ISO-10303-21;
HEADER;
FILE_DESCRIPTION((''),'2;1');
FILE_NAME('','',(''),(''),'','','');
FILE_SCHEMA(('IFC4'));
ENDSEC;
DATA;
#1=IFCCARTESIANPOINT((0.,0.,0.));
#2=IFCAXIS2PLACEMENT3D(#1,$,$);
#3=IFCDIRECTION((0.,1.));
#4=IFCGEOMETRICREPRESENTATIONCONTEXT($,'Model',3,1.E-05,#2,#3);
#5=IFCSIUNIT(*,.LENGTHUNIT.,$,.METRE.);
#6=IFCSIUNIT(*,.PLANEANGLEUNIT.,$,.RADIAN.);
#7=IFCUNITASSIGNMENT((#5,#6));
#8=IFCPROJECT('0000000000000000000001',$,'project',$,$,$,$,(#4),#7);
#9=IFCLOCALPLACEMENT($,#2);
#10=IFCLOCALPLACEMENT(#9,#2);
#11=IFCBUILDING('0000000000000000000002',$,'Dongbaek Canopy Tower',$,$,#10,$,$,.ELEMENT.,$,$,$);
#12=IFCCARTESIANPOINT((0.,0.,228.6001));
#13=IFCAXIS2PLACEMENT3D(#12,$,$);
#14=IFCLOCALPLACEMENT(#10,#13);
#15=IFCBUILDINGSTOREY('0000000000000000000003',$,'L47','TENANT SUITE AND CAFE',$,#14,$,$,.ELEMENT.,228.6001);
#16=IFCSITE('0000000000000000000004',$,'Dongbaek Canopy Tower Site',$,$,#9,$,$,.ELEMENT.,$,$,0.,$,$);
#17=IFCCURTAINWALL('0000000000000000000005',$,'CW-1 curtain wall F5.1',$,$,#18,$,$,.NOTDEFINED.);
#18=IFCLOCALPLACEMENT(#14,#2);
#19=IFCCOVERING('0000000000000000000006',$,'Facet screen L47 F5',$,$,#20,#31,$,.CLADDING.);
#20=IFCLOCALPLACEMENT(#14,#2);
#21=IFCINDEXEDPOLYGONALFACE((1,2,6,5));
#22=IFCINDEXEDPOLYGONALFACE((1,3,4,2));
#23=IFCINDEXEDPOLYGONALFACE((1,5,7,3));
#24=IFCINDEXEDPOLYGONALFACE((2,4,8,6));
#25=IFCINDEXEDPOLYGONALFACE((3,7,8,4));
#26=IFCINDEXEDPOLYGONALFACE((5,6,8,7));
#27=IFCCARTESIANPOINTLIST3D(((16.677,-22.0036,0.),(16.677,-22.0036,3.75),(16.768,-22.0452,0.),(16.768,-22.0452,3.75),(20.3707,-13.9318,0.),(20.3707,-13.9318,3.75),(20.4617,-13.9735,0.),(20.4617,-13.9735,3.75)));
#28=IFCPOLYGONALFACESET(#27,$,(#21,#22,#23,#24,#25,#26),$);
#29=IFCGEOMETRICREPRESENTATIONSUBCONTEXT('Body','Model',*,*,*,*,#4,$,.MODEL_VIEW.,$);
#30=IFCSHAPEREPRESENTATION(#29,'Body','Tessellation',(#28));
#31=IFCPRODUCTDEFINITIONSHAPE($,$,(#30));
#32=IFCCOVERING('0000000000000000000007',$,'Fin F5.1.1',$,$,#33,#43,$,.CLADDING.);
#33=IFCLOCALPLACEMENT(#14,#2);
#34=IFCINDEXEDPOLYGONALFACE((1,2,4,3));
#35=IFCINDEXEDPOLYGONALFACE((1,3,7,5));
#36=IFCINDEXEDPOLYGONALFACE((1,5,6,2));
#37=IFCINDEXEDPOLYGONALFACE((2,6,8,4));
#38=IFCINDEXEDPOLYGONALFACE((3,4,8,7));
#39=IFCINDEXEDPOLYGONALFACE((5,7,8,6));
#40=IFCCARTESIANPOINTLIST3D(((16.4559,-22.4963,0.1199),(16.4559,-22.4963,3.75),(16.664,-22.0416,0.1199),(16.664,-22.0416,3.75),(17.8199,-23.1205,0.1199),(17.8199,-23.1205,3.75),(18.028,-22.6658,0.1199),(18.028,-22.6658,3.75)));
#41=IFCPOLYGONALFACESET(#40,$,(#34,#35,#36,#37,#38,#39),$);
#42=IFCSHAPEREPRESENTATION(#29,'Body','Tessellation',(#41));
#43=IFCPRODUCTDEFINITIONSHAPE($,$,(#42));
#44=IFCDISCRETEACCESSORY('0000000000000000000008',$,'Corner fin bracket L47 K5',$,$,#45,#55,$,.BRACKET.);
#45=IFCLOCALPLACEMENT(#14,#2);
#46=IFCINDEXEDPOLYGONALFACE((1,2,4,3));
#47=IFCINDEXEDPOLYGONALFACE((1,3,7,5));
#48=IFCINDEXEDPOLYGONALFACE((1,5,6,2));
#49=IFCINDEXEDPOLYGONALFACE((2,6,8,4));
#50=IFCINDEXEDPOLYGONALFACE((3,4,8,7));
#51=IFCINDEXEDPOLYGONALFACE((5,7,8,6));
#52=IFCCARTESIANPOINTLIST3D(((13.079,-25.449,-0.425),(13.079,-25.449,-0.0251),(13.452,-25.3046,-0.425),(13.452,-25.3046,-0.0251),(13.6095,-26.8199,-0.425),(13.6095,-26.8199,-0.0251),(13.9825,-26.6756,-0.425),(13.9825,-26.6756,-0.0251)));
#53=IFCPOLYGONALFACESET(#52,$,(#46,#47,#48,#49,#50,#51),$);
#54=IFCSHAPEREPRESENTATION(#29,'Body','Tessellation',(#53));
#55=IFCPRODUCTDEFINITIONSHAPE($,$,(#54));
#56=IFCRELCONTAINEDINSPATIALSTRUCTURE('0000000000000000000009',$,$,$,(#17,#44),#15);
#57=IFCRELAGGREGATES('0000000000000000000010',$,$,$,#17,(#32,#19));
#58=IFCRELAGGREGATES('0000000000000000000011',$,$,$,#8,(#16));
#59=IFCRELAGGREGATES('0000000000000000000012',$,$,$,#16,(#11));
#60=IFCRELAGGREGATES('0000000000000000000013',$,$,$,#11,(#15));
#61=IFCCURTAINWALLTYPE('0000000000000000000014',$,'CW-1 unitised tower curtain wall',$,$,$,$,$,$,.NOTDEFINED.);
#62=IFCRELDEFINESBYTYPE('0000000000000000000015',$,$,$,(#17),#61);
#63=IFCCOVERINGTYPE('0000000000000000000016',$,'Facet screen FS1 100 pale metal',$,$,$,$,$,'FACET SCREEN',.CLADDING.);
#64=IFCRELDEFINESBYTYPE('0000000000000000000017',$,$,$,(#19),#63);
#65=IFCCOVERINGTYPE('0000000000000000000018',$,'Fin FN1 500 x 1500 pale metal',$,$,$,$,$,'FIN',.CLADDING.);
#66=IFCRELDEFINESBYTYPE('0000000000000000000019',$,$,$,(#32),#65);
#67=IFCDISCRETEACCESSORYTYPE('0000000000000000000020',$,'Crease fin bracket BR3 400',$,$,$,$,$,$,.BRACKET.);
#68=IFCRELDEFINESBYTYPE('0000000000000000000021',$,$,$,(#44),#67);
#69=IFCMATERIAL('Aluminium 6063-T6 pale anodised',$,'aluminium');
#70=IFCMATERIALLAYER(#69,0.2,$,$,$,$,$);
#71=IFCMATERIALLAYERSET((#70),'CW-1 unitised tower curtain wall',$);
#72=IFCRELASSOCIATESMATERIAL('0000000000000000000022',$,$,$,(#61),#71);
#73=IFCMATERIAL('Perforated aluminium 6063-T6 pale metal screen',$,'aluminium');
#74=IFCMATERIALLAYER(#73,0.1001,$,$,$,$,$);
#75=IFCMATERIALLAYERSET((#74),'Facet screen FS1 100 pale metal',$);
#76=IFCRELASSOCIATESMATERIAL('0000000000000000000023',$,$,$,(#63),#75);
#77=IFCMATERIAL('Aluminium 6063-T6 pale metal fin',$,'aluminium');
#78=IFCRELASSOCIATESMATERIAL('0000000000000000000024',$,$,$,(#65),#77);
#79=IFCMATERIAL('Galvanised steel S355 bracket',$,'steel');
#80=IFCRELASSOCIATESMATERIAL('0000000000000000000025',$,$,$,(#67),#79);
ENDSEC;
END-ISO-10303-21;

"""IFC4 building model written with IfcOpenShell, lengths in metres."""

from ifc_helpers import new_model, si_unit, direction, frame, origin, origin_2d, place, context, subcontext, project, spatial, rectangle, extrude, material, layer, layer_set, material_profile, profile_set, type_object, element, aggregate, save


model = new_model("IFC4")

# Units and contexts
model_context = context("Model", 3, precision=1e-05, world=origin(), true_north=direction((0.0, 1.0)))
body_context = subcontext(model_context, "Body", "Model", "MODEL_VIEW")
ifc_project = project(units=[si_unit("LENGTHUNIT", "METRE"), si_unit("PLANEANGLEUNIT", "RADIAN")], contexts=[model_context])

# Site, building, storey
site_placement = place(None, origin())
site = spatial("IfcSite", under=ifc_project, at=site_placement, Name="Dongbaek Canopy Tower Site", CompositionType="ELEMENT", RefElevation=0.0)
building_placement = place(site_placement, origin())
building = spatial("IfcBuilding", under=site, at=building_placement, Name="Dongbaek Canopy Tower", CompositionType="ELEMENT")
storey_placement = place(building_placement, frame((0.0, 0.0, 228.6001)))
storey = spatial("IfcBuildingStorey", under=building, at=storey_placement, Name="L47", Description="TENANT SUITE AND CAFE", CompositionType="ELEMENT", Elevation=228.6001)

# Curtain wall
ifc_material_1 = material(Name="Aluminium 6063-T6 pale anodised", Category="aluminium")
ifc_layer_1 = layer(ifc_material_1, 0.2)
ifc_layer_set_1 = layer_set([ifc_layer_1], Name="CW-1 unitised tower curtain wall")
curtain_wall_type = type_object("IfcCurtainWallType", Name="CW-1 unitised tower curtain wall", PredefinedType="NOTDEFINED", material=ifc_layer_set_1)
curtain_wall_1_placement = place(storey_placement, origin())
curtain_wall_1 = element("IfcCurtainWall", 1, at=curtain_wall_1_placement, inside=storey, type_object=curtain_wall_type, Name="CW-1 curtain wall F5.1", PredefinedType="NOTDEFINED")

# Coverings
ifc_material_2 = material(Name="Perforated aluminium 6063-T6 pale metal screen", Category="aluminium")
ifc_layer_2 = layer(ifc_material_2, 0.1001)
ifc_layer_set_2 = layer_set([ifc_layer_2], Name="Facet screen FS1 100 pale metal")
covering_type_1 = type_object("IfcCoveringType", Name="Facet screen FS1 100 pale metal", ElementType="FACET SCREEN", PredefinedType="CLADDING", material=ifc_layer_set_2)
covering_1_placement = place(storey_placement, frame((18.5693, -17.9885, 0.0), z_axis=(0.0, 0.0, 1.0), x_axis=(0.416113, 0.909313, 0.0)))
covering_1 = element("IfcCovering", 2, at=covering_1_placement, type_object=covering_type_1, Name="Facet screen L47 F5", PredefinedType="CLADDING", context=body_context, shape_type="SweptSolid", body=[
    extrude(rectangle(XDim=8.8767, YDim=0.1001, at=origin_2d()), origin(), (0.0, 0.0, 1.0), 3.75),
])
ifc_material_3 = material(Name="Aluminium 6063-T6 pale metal fin", Category="aluminium")
ifc_material_profile_1 = material_profile(ifc_material_3, rectangle(XDim=1.5, YDim=0.5, at=origin_2d()), Name="Fin FN1 500 x 1500 pale metal")
ifc_profile_set_1 = profile_set([ifc_material_profile_1], Name="Aluminium 6063-T6 pale metal fin")
covering_type_2 = type_object("IfcCoveringType", Name="Fin FN1 500 x 1500 pale metal", ElementType="FIN", PredefinedType="CLADDING", material=ifc_profile_set_1)
covering_2_placement = place(storey_placement, frame((17.2419, -22.5811, 0.1199), z_axis=(0.0, 0.0, 1.0), x_axis=(0.909313, -0.416113, 0.0)))
covering_2 = element("IfcCovering", 3, at=covering_2_placement, type_object=covering_type_2, Name="Fin F5.1.1", PredefinedType="CLADDING", context=body_context, shape_type="SweptSolid", body=[
    extrude(rectangle(XDim=1.5, YDim=0.5, at=origin_2d()), origin(), (0.0, 0.0, 1.0), 3.6301),
])
aggregate(curtain_wall_1, [covering_2, covering_1])

# Discrete accessory
ifc_material_4 = material(Name="Galvanised steel S355 bracket", Category="steel")
discrete_accessory_type = type_object("IfcDiscreteAccessoryType", Name="Crease fin bracket BR3 400", PredefinedType="BRACKET", material=ifc_material_4)
discrete_accessory_placement = place(storey_placement, frame((13.5308, -26.0623, -0.425), z_axis=(0.0, 0.0, 1.0), x_axis=(0.360882, -0.932611, 0.0)))
element("IfcDiscreteAccessory", 4, at=discrete_accessory_placement, inside=storey, type_object=discrete_accessory_type, Name="Corner fin bracket L47 K5", PredefinedType="BRACKET", context=body_context, shape_type="SweptSolid", body=[
    extrude(rectangle(XDim=1.47, YDim=0.3999, at=origin_2d()), origin(), (0.0, 0.0, 1.0), 0.3999),
])

save(model, "model.ifc")
